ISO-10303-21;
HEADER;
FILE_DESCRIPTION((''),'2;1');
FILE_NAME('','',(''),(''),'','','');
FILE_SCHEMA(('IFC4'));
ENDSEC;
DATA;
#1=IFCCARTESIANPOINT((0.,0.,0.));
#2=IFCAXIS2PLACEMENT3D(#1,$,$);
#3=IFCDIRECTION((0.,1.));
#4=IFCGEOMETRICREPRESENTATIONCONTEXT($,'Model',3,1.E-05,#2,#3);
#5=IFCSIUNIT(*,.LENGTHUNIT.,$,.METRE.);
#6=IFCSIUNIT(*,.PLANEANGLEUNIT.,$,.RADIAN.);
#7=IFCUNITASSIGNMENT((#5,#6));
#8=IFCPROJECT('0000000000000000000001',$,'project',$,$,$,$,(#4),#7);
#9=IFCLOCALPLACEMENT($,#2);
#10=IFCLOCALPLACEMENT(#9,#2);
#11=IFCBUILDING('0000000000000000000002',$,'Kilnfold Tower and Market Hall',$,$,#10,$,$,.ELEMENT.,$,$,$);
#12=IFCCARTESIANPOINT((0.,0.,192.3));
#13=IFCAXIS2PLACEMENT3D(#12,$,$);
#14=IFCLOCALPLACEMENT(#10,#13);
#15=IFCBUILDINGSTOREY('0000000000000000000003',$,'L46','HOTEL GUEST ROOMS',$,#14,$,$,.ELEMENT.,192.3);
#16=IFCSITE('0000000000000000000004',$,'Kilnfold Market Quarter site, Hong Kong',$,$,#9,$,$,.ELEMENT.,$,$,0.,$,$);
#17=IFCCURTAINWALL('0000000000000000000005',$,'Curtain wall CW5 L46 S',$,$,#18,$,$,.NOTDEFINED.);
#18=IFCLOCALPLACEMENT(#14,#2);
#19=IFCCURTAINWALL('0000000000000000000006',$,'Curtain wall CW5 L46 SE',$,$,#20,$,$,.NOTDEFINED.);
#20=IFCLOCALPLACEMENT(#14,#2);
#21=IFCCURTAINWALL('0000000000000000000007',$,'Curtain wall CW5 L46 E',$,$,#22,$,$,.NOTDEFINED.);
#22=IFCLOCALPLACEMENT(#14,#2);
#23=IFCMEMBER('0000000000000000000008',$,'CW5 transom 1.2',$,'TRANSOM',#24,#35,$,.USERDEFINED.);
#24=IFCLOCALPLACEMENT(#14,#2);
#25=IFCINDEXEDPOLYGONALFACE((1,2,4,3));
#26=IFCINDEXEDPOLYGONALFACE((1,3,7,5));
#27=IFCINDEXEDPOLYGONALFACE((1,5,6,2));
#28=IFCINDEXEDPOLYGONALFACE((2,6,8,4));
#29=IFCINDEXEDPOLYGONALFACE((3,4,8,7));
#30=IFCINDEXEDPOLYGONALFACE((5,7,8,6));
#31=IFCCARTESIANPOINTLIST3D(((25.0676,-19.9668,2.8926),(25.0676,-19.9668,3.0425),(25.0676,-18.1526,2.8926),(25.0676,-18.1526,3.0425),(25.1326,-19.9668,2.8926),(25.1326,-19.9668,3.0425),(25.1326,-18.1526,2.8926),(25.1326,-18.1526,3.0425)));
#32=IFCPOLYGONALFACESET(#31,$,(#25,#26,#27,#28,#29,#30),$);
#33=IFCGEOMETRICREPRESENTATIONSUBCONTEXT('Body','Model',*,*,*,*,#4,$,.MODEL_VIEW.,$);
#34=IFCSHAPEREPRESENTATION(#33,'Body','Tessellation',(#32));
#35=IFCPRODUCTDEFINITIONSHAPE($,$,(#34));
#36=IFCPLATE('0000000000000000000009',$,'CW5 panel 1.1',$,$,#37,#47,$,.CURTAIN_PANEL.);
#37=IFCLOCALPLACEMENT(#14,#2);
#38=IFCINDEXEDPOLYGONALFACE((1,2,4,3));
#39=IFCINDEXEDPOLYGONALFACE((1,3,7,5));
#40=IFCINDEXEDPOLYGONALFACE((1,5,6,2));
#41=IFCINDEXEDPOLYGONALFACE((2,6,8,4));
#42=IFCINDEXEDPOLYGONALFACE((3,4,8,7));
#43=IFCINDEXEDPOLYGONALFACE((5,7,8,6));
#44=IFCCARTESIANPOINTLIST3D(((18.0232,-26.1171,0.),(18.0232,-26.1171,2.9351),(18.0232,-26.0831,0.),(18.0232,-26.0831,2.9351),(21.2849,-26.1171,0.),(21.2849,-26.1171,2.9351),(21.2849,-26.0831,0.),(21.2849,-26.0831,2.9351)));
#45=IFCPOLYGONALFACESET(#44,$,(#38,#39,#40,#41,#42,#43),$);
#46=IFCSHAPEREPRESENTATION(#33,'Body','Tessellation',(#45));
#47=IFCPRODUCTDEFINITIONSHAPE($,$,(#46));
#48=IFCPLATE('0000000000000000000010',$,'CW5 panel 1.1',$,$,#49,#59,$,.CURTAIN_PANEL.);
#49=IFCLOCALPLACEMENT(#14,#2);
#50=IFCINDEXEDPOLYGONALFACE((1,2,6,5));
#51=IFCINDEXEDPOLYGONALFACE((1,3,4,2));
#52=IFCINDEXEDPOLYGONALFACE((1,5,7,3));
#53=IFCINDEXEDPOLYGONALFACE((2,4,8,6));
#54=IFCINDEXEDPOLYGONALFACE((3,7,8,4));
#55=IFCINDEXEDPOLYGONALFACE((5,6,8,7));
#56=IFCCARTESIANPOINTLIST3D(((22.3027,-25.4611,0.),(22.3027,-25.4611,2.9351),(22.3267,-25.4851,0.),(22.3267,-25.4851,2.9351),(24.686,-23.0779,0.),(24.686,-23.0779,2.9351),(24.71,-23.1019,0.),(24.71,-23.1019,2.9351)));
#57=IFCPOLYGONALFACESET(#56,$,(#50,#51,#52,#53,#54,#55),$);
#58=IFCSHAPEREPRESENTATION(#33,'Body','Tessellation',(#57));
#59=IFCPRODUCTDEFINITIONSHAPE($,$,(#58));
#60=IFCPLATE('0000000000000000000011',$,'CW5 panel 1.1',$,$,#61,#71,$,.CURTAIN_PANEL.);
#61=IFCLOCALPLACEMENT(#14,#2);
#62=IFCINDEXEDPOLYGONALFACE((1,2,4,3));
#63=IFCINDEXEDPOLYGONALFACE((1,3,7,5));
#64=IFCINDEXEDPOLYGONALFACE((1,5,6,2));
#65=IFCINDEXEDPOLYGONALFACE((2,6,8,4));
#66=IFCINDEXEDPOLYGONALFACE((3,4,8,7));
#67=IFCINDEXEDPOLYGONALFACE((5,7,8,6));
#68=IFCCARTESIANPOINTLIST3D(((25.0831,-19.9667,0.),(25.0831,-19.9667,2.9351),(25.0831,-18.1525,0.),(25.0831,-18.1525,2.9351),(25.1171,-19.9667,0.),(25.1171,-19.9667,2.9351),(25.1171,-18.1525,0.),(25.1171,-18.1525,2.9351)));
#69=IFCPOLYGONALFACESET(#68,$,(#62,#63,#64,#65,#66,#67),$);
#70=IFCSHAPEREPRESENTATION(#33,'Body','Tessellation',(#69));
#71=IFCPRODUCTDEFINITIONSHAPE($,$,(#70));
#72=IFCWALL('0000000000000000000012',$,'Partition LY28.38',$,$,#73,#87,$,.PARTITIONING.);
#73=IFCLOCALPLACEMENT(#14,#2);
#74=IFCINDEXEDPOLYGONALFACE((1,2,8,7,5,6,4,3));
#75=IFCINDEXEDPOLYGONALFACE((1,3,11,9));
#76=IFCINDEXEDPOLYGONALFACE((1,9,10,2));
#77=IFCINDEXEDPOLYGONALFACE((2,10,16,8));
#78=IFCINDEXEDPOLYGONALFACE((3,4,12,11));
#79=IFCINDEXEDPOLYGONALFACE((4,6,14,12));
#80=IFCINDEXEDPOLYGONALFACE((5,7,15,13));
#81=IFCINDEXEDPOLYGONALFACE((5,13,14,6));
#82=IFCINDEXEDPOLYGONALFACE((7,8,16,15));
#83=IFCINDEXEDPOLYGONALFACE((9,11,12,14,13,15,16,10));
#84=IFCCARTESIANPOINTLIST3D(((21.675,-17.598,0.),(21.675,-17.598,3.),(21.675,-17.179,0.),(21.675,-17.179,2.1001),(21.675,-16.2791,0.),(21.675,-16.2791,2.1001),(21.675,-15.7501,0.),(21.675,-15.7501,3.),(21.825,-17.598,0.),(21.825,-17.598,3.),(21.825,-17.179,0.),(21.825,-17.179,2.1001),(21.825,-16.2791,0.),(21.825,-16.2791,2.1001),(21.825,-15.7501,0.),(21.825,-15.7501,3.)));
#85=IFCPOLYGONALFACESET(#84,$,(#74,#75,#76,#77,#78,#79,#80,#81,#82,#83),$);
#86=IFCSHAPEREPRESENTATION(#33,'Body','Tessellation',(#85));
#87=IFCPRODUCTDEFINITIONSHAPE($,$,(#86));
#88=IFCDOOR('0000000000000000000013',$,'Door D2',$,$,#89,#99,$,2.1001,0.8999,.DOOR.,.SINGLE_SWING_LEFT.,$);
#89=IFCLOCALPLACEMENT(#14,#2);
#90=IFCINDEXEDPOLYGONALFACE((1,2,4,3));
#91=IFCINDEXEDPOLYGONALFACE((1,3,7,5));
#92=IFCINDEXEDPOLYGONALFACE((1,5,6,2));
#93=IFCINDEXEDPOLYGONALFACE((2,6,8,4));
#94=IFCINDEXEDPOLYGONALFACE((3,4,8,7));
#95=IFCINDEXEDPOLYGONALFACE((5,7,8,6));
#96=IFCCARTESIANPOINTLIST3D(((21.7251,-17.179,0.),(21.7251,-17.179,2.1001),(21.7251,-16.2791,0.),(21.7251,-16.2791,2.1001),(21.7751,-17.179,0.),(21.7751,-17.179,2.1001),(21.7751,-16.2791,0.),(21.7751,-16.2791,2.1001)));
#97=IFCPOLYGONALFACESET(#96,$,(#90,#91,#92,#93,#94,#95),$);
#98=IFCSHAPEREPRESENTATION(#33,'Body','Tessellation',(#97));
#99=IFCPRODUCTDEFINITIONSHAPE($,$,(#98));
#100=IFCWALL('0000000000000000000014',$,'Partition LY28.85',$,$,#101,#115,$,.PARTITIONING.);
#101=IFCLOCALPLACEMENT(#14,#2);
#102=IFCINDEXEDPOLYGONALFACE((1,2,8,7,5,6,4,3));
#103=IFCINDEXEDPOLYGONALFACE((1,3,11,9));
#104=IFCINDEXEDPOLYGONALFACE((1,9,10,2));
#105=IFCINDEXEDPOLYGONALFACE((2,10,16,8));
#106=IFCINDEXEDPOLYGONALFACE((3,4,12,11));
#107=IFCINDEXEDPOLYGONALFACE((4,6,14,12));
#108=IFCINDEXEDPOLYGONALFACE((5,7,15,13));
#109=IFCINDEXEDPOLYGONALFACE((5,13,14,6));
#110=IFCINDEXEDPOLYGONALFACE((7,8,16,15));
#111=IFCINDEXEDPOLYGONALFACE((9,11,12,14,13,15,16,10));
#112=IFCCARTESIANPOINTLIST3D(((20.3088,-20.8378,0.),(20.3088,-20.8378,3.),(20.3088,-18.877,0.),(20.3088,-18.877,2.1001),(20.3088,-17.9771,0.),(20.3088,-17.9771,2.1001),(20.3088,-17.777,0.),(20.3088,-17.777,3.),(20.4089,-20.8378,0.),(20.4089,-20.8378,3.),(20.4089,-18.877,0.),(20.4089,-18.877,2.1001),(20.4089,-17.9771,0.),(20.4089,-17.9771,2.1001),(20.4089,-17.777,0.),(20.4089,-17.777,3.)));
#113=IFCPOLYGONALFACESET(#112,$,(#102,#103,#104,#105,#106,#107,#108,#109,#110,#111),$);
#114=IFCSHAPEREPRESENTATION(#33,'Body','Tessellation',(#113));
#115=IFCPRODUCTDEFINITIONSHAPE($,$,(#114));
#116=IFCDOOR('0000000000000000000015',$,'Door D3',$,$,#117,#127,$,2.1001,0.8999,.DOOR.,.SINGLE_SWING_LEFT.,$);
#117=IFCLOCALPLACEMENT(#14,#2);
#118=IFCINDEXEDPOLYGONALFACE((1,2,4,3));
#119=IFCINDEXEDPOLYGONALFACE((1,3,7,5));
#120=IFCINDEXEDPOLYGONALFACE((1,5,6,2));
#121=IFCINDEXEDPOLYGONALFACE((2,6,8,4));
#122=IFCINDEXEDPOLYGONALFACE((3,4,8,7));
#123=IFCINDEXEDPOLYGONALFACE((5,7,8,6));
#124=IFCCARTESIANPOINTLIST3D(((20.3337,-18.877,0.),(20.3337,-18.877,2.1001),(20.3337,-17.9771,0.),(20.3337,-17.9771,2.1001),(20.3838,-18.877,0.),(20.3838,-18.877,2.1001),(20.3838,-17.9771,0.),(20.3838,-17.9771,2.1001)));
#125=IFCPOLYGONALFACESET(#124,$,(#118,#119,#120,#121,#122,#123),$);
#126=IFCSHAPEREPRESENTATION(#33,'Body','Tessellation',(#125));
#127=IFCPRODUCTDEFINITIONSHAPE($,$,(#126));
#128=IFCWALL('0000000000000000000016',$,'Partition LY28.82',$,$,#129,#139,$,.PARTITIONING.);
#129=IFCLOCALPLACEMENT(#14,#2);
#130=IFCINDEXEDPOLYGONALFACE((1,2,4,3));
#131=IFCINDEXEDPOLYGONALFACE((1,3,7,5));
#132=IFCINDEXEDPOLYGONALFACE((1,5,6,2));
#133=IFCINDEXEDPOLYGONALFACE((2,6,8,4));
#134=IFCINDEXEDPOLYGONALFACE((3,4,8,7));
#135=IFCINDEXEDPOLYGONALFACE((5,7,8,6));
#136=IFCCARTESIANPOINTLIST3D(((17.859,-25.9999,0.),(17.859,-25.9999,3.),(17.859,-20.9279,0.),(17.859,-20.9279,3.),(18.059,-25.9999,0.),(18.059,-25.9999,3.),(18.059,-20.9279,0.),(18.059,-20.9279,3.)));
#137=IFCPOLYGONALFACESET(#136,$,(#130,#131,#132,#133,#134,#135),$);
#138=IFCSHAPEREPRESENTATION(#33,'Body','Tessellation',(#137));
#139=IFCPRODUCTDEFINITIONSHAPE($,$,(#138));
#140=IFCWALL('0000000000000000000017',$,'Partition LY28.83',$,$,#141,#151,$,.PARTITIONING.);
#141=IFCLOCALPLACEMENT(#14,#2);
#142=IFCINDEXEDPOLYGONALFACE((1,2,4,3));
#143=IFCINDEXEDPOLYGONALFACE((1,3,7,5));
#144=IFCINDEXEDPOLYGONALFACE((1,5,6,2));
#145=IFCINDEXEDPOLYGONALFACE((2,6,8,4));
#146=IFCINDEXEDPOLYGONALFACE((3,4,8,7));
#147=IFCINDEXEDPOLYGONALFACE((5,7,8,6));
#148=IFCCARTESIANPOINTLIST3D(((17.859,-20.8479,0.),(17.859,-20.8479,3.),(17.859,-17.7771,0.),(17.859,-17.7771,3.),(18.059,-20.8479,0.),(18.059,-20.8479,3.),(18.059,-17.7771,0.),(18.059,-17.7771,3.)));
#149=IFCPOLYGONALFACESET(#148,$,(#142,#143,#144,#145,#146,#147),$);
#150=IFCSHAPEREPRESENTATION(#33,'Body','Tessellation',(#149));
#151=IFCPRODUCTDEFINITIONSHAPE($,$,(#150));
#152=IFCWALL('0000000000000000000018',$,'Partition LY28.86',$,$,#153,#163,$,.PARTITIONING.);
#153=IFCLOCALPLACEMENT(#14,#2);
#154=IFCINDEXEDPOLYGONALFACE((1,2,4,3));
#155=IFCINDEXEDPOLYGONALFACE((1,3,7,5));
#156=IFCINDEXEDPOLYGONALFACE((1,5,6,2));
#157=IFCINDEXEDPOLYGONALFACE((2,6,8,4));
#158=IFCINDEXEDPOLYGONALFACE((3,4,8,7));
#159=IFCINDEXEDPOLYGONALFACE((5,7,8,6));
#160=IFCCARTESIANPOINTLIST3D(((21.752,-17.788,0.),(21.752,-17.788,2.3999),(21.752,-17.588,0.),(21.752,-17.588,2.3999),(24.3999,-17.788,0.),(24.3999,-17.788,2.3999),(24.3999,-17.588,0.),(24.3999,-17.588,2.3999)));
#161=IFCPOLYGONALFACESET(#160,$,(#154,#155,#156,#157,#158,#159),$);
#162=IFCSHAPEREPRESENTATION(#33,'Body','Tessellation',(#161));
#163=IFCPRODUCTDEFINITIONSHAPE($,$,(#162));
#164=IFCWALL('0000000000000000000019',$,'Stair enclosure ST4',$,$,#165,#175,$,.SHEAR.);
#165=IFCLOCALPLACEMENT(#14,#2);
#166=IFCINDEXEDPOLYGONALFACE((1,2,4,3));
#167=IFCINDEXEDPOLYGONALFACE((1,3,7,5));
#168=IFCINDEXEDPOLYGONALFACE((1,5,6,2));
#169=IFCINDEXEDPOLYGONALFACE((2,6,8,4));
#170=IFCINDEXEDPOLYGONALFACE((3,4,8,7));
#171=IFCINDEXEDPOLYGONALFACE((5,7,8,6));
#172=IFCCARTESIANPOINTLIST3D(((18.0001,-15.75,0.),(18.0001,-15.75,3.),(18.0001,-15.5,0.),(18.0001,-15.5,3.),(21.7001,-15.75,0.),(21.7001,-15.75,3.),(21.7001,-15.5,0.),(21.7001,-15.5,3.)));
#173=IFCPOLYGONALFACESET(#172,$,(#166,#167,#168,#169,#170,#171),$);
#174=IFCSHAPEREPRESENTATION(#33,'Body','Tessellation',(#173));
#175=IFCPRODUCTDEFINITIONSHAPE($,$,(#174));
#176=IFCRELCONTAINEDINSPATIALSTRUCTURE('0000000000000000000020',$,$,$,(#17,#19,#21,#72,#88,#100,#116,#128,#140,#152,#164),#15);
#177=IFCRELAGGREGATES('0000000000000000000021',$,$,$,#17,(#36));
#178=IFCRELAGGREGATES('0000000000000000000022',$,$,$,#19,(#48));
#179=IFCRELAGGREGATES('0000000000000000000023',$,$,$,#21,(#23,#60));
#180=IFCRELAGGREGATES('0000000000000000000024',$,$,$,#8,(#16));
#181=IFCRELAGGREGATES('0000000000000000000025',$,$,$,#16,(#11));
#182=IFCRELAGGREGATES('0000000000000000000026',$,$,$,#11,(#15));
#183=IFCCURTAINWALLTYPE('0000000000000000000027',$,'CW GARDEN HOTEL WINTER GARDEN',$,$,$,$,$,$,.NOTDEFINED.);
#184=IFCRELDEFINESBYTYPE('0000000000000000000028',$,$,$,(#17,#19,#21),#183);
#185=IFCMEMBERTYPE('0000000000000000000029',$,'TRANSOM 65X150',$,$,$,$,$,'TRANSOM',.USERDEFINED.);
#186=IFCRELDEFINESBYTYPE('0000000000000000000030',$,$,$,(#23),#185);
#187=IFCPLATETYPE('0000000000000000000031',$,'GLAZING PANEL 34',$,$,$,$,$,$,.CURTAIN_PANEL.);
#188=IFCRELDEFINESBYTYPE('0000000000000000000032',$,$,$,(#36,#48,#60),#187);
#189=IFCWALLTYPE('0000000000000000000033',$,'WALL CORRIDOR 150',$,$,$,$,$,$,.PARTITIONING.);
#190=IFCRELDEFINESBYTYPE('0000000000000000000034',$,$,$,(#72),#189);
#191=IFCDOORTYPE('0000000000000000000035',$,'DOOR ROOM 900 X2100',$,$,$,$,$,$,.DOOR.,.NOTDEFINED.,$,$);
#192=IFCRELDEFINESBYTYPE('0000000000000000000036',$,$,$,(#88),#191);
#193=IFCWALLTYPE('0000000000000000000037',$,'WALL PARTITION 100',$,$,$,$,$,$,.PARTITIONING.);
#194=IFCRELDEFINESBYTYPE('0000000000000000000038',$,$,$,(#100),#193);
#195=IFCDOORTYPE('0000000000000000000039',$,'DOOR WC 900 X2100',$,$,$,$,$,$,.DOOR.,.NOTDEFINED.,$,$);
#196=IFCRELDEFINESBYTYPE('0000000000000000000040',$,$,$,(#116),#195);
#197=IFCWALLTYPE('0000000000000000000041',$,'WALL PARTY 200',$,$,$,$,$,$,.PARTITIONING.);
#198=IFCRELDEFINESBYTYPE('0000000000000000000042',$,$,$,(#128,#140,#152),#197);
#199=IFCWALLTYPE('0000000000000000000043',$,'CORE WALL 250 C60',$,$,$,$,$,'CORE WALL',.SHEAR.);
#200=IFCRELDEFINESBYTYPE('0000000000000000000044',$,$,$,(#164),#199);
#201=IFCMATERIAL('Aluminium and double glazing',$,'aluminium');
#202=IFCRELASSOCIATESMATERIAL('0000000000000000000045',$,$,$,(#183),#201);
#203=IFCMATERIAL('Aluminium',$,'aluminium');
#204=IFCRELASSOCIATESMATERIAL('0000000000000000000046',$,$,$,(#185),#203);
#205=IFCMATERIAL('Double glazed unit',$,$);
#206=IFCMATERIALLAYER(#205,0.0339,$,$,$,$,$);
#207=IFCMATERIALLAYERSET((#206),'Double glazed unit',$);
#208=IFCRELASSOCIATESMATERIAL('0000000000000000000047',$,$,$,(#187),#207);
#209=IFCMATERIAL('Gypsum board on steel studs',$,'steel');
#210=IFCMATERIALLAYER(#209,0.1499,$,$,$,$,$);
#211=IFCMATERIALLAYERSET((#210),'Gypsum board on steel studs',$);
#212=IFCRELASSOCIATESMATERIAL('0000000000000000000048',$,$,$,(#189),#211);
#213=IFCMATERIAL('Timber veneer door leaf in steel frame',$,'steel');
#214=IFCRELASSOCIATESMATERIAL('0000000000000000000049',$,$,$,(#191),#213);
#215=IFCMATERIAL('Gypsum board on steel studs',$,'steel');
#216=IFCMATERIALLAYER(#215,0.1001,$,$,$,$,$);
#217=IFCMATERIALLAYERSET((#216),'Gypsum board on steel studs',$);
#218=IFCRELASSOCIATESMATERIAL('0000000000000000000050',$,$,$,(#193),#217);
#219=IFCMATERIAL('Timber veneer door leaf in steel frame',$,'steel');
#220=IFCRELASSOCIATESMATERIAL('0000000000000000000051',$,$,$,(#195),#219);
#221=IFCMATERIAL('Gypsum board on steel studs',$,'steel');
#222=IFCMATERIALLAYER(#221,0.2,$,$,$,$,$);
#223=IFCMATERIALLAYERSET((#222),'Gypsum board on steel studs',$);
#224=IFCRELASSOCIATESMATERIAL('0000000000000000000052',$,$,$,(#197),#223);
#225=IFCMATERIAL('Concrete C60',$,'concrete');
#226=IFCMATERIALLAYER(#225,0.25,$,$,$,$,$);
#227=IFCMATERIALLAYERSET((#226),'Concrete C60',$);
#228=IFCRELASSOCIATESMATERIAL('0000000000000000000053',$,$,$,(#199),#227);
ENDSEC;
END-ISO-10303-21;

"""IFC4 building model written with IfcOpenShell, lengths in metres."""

from ifc_helpers import new_model, si_unit, direction, frame, frame_2d, origin, origin_2d, place, context, subcontext, project, spatial, rectangle, extrude, source, transform, mapped, material, layer, layer_set, material_profile, profile_set, type_object, element, fill, aggregate, save


model = new_model("IFC4")

# Units and contexts
model_context = context("Model", 3, precision=1e-05, world=origin(), true_north=direction((0.0, 1.0)))
body_context = subcontext(model_context, "Body", "Model", "MODEL_VIEW")
ifc_project = project(units=[si_unit("LENGTHUNIT", "METRE"), si_unit("PLANEANGLEUNIT", "RADIAN")], contexts=[model_context])

# Site, building, storey
site_placement = place(None, origin())
site = spatial("IfcSite", under=ifc_project, at=site_placement, Name="Kilnfold Market Quarter site, Hong Kong", CompositionType="ELEMENT", RefElevation=0.0)
building_placement = place(site_placement, origin())
building = spatial("IfcBuilding", under=site, at=building_placement, Name="Kilnfold Tower and Market Hall", CompositionType="ELEMENT")
storey_placement = place(building_placement, frame((0.0, 0.0, 192.3)))
storey = spatial("IfcBuildingStorey", under=building, at=storey_placement, Name="L46", Description="HOTEL GUEST ROOMS", CompositionType="ELEMENT", Elevation=192.3)

# Shared definitions
ifc_material_1 = material(Name="Aluminium and double glazing", Category="aluminium")
curtain_wall_type = type_object("IfcCurtainWallType", Name="CW GARDEN HOTEL WINTER GARDEN", PredefinedType="NOTDEFINED", material=ifc_material_1)

# Curtain walls
curtain_wall_1_placement = place(storey_placement, origin())
curtain_wall_1 = element("IfcCurtainWall", 1, at=curtain_wall_1_placement, inside=storey, type_object=curtain_wall_type, Name="Curtain wall CW5 L46 S", PredefinedType="NOTDEFINED")
curtain_wall_2_placement = place(storey_placement, origin())
curtain_wall_2 = element("IfcCurtainWall", 2, at=curtain_wall_2_placement, inside=storey, type_object=curtain_wall_type, Name="Curtain wall CW5 L46 SE", PredefinedType="NOTDEFINED")
curtain_wall_3_placement = place(storey_placement, origin())
curtain_wall_3 = element("IfcCurtainWall", 3, at=curtain_wall_3_placement, inside=storey, type_object=curtain_wall_type, Name="Curtain wall CW5 L46 E", PredefinedType="NOTDEFINED")

# Member
ifc_material_2 = material(Name="Aluminium", Category="aluminium")
ifc_material_profile_1 = material_profile(ifc_material_2, rectangle(XDim=0.0649, YDim=0.1499, at=origin_2d()), Name="TRANSOM 65x150")
ifc_profile_set_1 = profile_set([ifc_material_profile_1], Name="Aluminium")
member_type_1 = type_object("IfcMemberType", Name="TRANSOM 65X150", ElementType="TRANSOM", PredefinedType="USERDEFINED", material=ifc_profile_set_1)
shared_shape_1 = source(origin(), body_context, "Body", "SweptSolid", [
    extrude(rectangle(XDim=0.0649, YDim=0.1499, at=origin_2d()), origin(), (0.0, 0.0, 1.0), 1.8142),
])
member_1_placement = place(storey_placement, frame((25.1001, -19.9668, 2.9675), z_axis=(0.0, 1.0, 0.0), x_axis=(-1.0, 0.0, 0.0)))
member_1 = element("IfcMember", 4, at=member_1_placement, type_object=member_type_1, Name="CW5 transom 1.2", ObjectType="TRANSOM", PredefinedType="USERDEFINED", context=body_context, shape_type="MappedRepresentation", body=[
    mapped(shared_shape_1, transform((0.0, 0.0, 0.0))),
])

# Plates
ifc_material_3 = material(Name="Double glazed unit")
ifc_layer_1 = layer(ifc_material_3, 0.0339)
ifc_layer_set_1 = layer_set([ifc_layer_1], Name="Double glazed unit")
plate_type = type_object("IfcPlateType", Name="GLAZING PANEL 34", PredefinedType="CURTAIN_PANEL", material=ifc_layer_set_1)
shared_shape_2 = source(origin(), body_context, "Body", "SweptSolid", [
    extrude(rectangle(XDim=3.2617, YDim=0.0339, at=origin_2d()), origin(), (0.0, 0.0, 1.0), 2.9351),
])
plate_1_placement = place(storey_placement, frame((19.6541, -26.1001, 0.0), z_axis=(0.0, 0.0, 1.0), x_axis=(1.0, 0.0, 0.0)))
plate_1 = element("IfcPlate", 5, at=plate_1_placement, type_object=plate_type, Name="CW5 panel 1.1", PredefinedType="CURTAIN_PANEL", context=body_context, shape_type="MappedRepresentation", body=[
    mapped(shared_shape_2, transform((0.0, 0.0, 0.0))),
])
aggregate(curtain_wall_1, [plate_1])
shared_shape_3 = source(origin(), body_context, "Body", "SweptSolid", [
    extrude(rectangle(XDim=3.3704, YDim=0.0339, at=origin_2d()), origin(), (0.0, 0.0, 1.0), 2.9351),
])
plate_2_placement = place(storey_placement, frame((23.5063, -24.2815, 0.0), z_axis=(0.0, 0.0, 1.0), x_axis=(0.707121, 0.707092, 0.0)))
plate_2 = element("IfcPlate", 6, at=plate_2_placement, type_object=plate_type, Name="CW5 panel 1.1", PredefinedType="CURTAIN_PANEL", context=body_context, shape_type="MappedRepresentation", body=[
    mapped(shared_shape_3, transform((0.0, 0.0, 0.0))),
])
aggregate(curtain_wall_2, [plate_2])
shared_shape_4 = source(origin(), body_context, "Body", "SweptSolid", [
    extrude(rectangle(XDim=1.8142, YDim=0.0339, at=origin_2d()), origin(), (0.0, 0.0, 1.0), 2.9351),
])
plate_3_placement = place(storey_placement, frame((25.1001, -19.0596, 0.0), z_axis=(0.0, 0.0, 1.0), x_axis=(0.0, 1.0, 0.0)))
plate_3 = element("IfcPlate", 7, at=plate_3_placement, type_object=plate_type, Name="CW5 panel 1.1", PredefinedType="CURTAIN_PANEL", context=body_context, shape_type="MappedRepresentation", body=[
    mapped(shared_shape_4, transform((0.0, 0.0, 0.0))),
])
aggregate(curtain_wall_3, [member_1, plate_3])

# Walls, openings, doors
ifc_material_4 = material(Name="Gypsum board on steel studs", Category="steel")
ifc_layer_2 = layer(ifc_material_4, 0.1499)
ifc_layer_set_2 = layer_set([ifc_layer_2], Name="Gypsum board on steel studs")
wall_type_1 = type_object("IfcWallType", Name="WALL CORRIDOR 150", PredefinedType="PARTITIONING", material=ifc_layer_set_2)
wall_1_placement = place(storey_placement, frame((21.75, -17.5979, 0.0), z_axis=(0.0, 0.0, 1.0), x_axis=(0.0, 1.0, 0.0)))
wall_1 = element("IfcWall", 8, at=wall_1_placement, inside=storey, type_object=wall_type_1, Name="Partition LY28.38", PredefinedType="PARTITIONING", context=body_context, shape_type="SweptSolid", body=[
    extrude(rectangle(XDim=1.8479, YDim=0.1499, at=frame_2d((0.9238, 0.0))), origin(), (0.0, 0.0, 1.0), 3.0),
])
opening_1_placement = place(wall_1_placement, frame((0.4189, 0.0, 0.0)))
opening_1 = element("IfcOpeningElement", 9, at=opening_1_placement, cuts=wall_1, PredefinedType="OPENING", context=body_context, shape_type="SweptSolid", body=[
    extrude(rectangle(XDim=0.8999, YDim=2.1001, at=frame_2d((0.45, 1.05))), frame((0.0, 0.085, 0.0), z_axis=(0.0, -1.0, 0.0), x_axis=(1.0, 0.0, 0.0)), (0.0, 0.0, 1.0), 0.1699),
])
ifc_material_5 = material(Name="Timber veneer door leaf in steel frame", Category="steel")
door_type_1 = type_object("IfcDoorType", Name="DOOR ROOM 900 X2100", OperationType="NOTDEFINED", PredefinedType="DOOR", material=ifc_material_5)
door_1_placement = place(opening_1_placement, origin())
door_1 = element("IfcDoor", 10, at=door_1_placement, inside=storey, type_object=door_type_1, Name="Door D2", OperationType="SINGLE_SWING_LEFT", OverallHeight=2.1001, OverallWidth=0.8999, PredefinedType="DOOR", context=body_context, shape_type="SweptSolid", body=[
    extrude(rectangle(XDim=0.8999, YDim=2.1001, at=frame_2d((0.45, 1.05))), frame((0.0, 0.0249, 0.0), z_axis=(0.0, -1.0, 0.0), x_axis=(1.0, 0.0, 0.0)), (0.0, 0.0, 1.0), 0.05),
])
fill(opening_1, door_1)
ifc_material_6 = material(Name="Gypsum board on steel studs", Category="steel")
ifc_layer_3 = layer(ifc_material_6, 0.1001)
ifc_layer_set_3 = layer_set([ifc_layer_3], Name="Gypsum board on steel studs")
wall_type_2 = type_object("IfcWallType", Name="WALL PARTITION 100", PredefinedType="PARTITIONING", material=ifc_layer_set_3)
wall_2_placement = place(storey_placement, frame((20.3589, -17.7771, 0.0), z_axis=(0.0, 0.0, 1.0), x_axis=(0.0, -1.0, 0.0)))
wall_2 = element("IfcWall", 11, at=wall_2_placement, inside=storey, type_object=wall_type_2, Name="Partition LY28.85", PredefinedType="PARTITIONING", context=body_context, shape_type="SweptSolid", body=[
    extrude(rectangle(XDim=3.0608, YDim=0.1001, at=frame_2d((1.5303, 0.0))), origin(), (0.0, 0.0, 1.0), 3.0),
])
opening_2_placement = place(wall_2_placement, frame((0.2, 0.0, 0.0)))
opening_2 = element("IfcOpeningElement", 12, at=opening_2_placement, cuts=wall_2, PredefinedType="OPENING", context=body_context, shape_type="SweptSolid", body=[
    extrude(rectangle(XDim=0.8999, YDim=2.1001, at=frame_2d((0.45, 1.05))), frame((0.0, 0.0601, 0.0), z_axis=(0.0, -1.0, 0.0), x_axis=(1.0, 0.0, 0.0)), (0.0, 0.0, 1.0), 0.1201),
])
ifc_material_7 = material(Name="Timber veneer door leaf in steel frame", Category="steel")
door_type_2 = type_object("IfcDoorType", Name="DOOR WC 900 X2100", OperationType="NOTDEFINED", PredefinedType="DOOR", material=ifc_material_7)
door_2_placement = place(opening_2_placement, origin())
door_2 = element("IfcDoor", 13, at=door_2_placement, inside=storey, type_object=door_type_2, Name="Door D3", OperationType="SINGLE_SWING_LEFT", OverallHeight=2.1001, OverallWidth=0.8999, PredefinedType="DOOR", context=body_context, shape_type="SweptSolid", body=[
    extrude(rectangle(XDim=0.8999, YDim=2.1001, at=frame_2d((0.45, 1.05))), frame((0.0, 0.0249, 0.0), z_axis=(0.0, -1.0, 0.0), x_axis=(1.0, 0.0, 0.0)), (0.0, 0.0, 1.0), 0.05),
])
fill(opening_2, door_2)

# Walls
ifc_material_8 = material(Name="Gypsum board on steel studs", Category="steel")
ifc_layer_4 = layer(ifc_material_8, 0.2)
ifc_layer_set_4 = layer_set([ifc_layer_4], Name="Gypsum board on steel studs")
wall_type_3 = type_object("IfcWallType", Name="WALL PARTY 200", PredefinedType="PARTITIONING", material=ifc_layer_set_4)
wall_3_placement = place(storey_placement, frame((17.959, -26.0, 0.0), z_axis=(0.0, 0.0, 1.0), x_axis=(0.0, 1.0, 0.0)))
element("IfcWall", 14, at=wall_3_placement, inside=storey, type_object=wall_type_3, Name="Partition LY28.82", PredefinedType="PARTITIONING", context=body_context, shape_type="SweptSolid", body=[
    extrude(rectangle(XDim=5.072, YDim=0.2, at=frame_2d((2.5361, 0.0))), origin(), (0.0, 0.0, 1.0), 3.0),
])
wall_4_placement = place(storey_placement, frame((17.959, -20.8479, 0.0), z_axis=(0.0, 0.0, 1.0), x_axis=(0.0, 1.0, 0.0)))
element("IfcWall", 15, at=wall_4_placement, inside=storey, type_object=wall_type_3, Name="Partition LY28.83", PredefinedType="PARTITIONING", context=body_context, shape_type="SweptSolid", body=[
    extrude(rectangle(XDim=3.0708, YDim=0.2, at=frame_2d((1.5354, 0.0))), origin(), (0.0, 0.0, 1.0), 3.0),
])
wall_5_placement = place(storey_placement, frame((21.752, -17.688, 0.0), z_axis=(0.0, 0.0, 1.0), x_axis=(1.0, 0.0, 0.0)))
element("IfcWall", 16, at=wall_5_placement, inside=storey, type_object=wall_type_3, Name="Partition LY28.86", PredefinedType="PARTITIONING", context=body_context, shape_type="SweptSolid", body=[
    extrude(rectangle(XDim=2.6479, YDim=0.2, at=frame_2d((1.324, 0.0))), origin(), (0.0, 0.0, 1.0), 2.3999),
])
ifc_material_9 = material(Name="Concrete C60", Category="concrete")
ifc_layer_5 = layer(ifc_material_9, 0.25)
ifc_layer_set_5 = layer_set([ifc_layer_5], Name="Concrete C60")
wall_type_4 = type_object("IfcWallType", Name="CORE WALL 250 C60", ElementType="CORE WALL", PredefinedType="SHEAR", material=ifc_layer_set_5)
shared_shape_5 = source(origin(), body_context, "Body", "SweptSolid", [
    extrude(rectangle(XDim=3.7, YDim=0.25, at=frame_2d((1.8501, 0.0))), origin(), (0.0, 0.0, 1.0), 3.0),
])
wall_6_placement = place(storey_placement, frame((18.0, -15.625, 0.0), z_axis=(0.0, 0.0, 1.0), x_axis=(1.0, 0.0, 0.0)))
element("IfcWall", 17, at=wall_6_placement, inside=storey, type_object=wall_type_4, Name="Stair enclosure ST4", PredefinedType="SHEAR", context=body_context, shape_type="MappedRepresentation", body=[
    mapped(shared_shape_5, transform((0.0, 0.0, 0.0))),
])

save(model, "model.ifc")
